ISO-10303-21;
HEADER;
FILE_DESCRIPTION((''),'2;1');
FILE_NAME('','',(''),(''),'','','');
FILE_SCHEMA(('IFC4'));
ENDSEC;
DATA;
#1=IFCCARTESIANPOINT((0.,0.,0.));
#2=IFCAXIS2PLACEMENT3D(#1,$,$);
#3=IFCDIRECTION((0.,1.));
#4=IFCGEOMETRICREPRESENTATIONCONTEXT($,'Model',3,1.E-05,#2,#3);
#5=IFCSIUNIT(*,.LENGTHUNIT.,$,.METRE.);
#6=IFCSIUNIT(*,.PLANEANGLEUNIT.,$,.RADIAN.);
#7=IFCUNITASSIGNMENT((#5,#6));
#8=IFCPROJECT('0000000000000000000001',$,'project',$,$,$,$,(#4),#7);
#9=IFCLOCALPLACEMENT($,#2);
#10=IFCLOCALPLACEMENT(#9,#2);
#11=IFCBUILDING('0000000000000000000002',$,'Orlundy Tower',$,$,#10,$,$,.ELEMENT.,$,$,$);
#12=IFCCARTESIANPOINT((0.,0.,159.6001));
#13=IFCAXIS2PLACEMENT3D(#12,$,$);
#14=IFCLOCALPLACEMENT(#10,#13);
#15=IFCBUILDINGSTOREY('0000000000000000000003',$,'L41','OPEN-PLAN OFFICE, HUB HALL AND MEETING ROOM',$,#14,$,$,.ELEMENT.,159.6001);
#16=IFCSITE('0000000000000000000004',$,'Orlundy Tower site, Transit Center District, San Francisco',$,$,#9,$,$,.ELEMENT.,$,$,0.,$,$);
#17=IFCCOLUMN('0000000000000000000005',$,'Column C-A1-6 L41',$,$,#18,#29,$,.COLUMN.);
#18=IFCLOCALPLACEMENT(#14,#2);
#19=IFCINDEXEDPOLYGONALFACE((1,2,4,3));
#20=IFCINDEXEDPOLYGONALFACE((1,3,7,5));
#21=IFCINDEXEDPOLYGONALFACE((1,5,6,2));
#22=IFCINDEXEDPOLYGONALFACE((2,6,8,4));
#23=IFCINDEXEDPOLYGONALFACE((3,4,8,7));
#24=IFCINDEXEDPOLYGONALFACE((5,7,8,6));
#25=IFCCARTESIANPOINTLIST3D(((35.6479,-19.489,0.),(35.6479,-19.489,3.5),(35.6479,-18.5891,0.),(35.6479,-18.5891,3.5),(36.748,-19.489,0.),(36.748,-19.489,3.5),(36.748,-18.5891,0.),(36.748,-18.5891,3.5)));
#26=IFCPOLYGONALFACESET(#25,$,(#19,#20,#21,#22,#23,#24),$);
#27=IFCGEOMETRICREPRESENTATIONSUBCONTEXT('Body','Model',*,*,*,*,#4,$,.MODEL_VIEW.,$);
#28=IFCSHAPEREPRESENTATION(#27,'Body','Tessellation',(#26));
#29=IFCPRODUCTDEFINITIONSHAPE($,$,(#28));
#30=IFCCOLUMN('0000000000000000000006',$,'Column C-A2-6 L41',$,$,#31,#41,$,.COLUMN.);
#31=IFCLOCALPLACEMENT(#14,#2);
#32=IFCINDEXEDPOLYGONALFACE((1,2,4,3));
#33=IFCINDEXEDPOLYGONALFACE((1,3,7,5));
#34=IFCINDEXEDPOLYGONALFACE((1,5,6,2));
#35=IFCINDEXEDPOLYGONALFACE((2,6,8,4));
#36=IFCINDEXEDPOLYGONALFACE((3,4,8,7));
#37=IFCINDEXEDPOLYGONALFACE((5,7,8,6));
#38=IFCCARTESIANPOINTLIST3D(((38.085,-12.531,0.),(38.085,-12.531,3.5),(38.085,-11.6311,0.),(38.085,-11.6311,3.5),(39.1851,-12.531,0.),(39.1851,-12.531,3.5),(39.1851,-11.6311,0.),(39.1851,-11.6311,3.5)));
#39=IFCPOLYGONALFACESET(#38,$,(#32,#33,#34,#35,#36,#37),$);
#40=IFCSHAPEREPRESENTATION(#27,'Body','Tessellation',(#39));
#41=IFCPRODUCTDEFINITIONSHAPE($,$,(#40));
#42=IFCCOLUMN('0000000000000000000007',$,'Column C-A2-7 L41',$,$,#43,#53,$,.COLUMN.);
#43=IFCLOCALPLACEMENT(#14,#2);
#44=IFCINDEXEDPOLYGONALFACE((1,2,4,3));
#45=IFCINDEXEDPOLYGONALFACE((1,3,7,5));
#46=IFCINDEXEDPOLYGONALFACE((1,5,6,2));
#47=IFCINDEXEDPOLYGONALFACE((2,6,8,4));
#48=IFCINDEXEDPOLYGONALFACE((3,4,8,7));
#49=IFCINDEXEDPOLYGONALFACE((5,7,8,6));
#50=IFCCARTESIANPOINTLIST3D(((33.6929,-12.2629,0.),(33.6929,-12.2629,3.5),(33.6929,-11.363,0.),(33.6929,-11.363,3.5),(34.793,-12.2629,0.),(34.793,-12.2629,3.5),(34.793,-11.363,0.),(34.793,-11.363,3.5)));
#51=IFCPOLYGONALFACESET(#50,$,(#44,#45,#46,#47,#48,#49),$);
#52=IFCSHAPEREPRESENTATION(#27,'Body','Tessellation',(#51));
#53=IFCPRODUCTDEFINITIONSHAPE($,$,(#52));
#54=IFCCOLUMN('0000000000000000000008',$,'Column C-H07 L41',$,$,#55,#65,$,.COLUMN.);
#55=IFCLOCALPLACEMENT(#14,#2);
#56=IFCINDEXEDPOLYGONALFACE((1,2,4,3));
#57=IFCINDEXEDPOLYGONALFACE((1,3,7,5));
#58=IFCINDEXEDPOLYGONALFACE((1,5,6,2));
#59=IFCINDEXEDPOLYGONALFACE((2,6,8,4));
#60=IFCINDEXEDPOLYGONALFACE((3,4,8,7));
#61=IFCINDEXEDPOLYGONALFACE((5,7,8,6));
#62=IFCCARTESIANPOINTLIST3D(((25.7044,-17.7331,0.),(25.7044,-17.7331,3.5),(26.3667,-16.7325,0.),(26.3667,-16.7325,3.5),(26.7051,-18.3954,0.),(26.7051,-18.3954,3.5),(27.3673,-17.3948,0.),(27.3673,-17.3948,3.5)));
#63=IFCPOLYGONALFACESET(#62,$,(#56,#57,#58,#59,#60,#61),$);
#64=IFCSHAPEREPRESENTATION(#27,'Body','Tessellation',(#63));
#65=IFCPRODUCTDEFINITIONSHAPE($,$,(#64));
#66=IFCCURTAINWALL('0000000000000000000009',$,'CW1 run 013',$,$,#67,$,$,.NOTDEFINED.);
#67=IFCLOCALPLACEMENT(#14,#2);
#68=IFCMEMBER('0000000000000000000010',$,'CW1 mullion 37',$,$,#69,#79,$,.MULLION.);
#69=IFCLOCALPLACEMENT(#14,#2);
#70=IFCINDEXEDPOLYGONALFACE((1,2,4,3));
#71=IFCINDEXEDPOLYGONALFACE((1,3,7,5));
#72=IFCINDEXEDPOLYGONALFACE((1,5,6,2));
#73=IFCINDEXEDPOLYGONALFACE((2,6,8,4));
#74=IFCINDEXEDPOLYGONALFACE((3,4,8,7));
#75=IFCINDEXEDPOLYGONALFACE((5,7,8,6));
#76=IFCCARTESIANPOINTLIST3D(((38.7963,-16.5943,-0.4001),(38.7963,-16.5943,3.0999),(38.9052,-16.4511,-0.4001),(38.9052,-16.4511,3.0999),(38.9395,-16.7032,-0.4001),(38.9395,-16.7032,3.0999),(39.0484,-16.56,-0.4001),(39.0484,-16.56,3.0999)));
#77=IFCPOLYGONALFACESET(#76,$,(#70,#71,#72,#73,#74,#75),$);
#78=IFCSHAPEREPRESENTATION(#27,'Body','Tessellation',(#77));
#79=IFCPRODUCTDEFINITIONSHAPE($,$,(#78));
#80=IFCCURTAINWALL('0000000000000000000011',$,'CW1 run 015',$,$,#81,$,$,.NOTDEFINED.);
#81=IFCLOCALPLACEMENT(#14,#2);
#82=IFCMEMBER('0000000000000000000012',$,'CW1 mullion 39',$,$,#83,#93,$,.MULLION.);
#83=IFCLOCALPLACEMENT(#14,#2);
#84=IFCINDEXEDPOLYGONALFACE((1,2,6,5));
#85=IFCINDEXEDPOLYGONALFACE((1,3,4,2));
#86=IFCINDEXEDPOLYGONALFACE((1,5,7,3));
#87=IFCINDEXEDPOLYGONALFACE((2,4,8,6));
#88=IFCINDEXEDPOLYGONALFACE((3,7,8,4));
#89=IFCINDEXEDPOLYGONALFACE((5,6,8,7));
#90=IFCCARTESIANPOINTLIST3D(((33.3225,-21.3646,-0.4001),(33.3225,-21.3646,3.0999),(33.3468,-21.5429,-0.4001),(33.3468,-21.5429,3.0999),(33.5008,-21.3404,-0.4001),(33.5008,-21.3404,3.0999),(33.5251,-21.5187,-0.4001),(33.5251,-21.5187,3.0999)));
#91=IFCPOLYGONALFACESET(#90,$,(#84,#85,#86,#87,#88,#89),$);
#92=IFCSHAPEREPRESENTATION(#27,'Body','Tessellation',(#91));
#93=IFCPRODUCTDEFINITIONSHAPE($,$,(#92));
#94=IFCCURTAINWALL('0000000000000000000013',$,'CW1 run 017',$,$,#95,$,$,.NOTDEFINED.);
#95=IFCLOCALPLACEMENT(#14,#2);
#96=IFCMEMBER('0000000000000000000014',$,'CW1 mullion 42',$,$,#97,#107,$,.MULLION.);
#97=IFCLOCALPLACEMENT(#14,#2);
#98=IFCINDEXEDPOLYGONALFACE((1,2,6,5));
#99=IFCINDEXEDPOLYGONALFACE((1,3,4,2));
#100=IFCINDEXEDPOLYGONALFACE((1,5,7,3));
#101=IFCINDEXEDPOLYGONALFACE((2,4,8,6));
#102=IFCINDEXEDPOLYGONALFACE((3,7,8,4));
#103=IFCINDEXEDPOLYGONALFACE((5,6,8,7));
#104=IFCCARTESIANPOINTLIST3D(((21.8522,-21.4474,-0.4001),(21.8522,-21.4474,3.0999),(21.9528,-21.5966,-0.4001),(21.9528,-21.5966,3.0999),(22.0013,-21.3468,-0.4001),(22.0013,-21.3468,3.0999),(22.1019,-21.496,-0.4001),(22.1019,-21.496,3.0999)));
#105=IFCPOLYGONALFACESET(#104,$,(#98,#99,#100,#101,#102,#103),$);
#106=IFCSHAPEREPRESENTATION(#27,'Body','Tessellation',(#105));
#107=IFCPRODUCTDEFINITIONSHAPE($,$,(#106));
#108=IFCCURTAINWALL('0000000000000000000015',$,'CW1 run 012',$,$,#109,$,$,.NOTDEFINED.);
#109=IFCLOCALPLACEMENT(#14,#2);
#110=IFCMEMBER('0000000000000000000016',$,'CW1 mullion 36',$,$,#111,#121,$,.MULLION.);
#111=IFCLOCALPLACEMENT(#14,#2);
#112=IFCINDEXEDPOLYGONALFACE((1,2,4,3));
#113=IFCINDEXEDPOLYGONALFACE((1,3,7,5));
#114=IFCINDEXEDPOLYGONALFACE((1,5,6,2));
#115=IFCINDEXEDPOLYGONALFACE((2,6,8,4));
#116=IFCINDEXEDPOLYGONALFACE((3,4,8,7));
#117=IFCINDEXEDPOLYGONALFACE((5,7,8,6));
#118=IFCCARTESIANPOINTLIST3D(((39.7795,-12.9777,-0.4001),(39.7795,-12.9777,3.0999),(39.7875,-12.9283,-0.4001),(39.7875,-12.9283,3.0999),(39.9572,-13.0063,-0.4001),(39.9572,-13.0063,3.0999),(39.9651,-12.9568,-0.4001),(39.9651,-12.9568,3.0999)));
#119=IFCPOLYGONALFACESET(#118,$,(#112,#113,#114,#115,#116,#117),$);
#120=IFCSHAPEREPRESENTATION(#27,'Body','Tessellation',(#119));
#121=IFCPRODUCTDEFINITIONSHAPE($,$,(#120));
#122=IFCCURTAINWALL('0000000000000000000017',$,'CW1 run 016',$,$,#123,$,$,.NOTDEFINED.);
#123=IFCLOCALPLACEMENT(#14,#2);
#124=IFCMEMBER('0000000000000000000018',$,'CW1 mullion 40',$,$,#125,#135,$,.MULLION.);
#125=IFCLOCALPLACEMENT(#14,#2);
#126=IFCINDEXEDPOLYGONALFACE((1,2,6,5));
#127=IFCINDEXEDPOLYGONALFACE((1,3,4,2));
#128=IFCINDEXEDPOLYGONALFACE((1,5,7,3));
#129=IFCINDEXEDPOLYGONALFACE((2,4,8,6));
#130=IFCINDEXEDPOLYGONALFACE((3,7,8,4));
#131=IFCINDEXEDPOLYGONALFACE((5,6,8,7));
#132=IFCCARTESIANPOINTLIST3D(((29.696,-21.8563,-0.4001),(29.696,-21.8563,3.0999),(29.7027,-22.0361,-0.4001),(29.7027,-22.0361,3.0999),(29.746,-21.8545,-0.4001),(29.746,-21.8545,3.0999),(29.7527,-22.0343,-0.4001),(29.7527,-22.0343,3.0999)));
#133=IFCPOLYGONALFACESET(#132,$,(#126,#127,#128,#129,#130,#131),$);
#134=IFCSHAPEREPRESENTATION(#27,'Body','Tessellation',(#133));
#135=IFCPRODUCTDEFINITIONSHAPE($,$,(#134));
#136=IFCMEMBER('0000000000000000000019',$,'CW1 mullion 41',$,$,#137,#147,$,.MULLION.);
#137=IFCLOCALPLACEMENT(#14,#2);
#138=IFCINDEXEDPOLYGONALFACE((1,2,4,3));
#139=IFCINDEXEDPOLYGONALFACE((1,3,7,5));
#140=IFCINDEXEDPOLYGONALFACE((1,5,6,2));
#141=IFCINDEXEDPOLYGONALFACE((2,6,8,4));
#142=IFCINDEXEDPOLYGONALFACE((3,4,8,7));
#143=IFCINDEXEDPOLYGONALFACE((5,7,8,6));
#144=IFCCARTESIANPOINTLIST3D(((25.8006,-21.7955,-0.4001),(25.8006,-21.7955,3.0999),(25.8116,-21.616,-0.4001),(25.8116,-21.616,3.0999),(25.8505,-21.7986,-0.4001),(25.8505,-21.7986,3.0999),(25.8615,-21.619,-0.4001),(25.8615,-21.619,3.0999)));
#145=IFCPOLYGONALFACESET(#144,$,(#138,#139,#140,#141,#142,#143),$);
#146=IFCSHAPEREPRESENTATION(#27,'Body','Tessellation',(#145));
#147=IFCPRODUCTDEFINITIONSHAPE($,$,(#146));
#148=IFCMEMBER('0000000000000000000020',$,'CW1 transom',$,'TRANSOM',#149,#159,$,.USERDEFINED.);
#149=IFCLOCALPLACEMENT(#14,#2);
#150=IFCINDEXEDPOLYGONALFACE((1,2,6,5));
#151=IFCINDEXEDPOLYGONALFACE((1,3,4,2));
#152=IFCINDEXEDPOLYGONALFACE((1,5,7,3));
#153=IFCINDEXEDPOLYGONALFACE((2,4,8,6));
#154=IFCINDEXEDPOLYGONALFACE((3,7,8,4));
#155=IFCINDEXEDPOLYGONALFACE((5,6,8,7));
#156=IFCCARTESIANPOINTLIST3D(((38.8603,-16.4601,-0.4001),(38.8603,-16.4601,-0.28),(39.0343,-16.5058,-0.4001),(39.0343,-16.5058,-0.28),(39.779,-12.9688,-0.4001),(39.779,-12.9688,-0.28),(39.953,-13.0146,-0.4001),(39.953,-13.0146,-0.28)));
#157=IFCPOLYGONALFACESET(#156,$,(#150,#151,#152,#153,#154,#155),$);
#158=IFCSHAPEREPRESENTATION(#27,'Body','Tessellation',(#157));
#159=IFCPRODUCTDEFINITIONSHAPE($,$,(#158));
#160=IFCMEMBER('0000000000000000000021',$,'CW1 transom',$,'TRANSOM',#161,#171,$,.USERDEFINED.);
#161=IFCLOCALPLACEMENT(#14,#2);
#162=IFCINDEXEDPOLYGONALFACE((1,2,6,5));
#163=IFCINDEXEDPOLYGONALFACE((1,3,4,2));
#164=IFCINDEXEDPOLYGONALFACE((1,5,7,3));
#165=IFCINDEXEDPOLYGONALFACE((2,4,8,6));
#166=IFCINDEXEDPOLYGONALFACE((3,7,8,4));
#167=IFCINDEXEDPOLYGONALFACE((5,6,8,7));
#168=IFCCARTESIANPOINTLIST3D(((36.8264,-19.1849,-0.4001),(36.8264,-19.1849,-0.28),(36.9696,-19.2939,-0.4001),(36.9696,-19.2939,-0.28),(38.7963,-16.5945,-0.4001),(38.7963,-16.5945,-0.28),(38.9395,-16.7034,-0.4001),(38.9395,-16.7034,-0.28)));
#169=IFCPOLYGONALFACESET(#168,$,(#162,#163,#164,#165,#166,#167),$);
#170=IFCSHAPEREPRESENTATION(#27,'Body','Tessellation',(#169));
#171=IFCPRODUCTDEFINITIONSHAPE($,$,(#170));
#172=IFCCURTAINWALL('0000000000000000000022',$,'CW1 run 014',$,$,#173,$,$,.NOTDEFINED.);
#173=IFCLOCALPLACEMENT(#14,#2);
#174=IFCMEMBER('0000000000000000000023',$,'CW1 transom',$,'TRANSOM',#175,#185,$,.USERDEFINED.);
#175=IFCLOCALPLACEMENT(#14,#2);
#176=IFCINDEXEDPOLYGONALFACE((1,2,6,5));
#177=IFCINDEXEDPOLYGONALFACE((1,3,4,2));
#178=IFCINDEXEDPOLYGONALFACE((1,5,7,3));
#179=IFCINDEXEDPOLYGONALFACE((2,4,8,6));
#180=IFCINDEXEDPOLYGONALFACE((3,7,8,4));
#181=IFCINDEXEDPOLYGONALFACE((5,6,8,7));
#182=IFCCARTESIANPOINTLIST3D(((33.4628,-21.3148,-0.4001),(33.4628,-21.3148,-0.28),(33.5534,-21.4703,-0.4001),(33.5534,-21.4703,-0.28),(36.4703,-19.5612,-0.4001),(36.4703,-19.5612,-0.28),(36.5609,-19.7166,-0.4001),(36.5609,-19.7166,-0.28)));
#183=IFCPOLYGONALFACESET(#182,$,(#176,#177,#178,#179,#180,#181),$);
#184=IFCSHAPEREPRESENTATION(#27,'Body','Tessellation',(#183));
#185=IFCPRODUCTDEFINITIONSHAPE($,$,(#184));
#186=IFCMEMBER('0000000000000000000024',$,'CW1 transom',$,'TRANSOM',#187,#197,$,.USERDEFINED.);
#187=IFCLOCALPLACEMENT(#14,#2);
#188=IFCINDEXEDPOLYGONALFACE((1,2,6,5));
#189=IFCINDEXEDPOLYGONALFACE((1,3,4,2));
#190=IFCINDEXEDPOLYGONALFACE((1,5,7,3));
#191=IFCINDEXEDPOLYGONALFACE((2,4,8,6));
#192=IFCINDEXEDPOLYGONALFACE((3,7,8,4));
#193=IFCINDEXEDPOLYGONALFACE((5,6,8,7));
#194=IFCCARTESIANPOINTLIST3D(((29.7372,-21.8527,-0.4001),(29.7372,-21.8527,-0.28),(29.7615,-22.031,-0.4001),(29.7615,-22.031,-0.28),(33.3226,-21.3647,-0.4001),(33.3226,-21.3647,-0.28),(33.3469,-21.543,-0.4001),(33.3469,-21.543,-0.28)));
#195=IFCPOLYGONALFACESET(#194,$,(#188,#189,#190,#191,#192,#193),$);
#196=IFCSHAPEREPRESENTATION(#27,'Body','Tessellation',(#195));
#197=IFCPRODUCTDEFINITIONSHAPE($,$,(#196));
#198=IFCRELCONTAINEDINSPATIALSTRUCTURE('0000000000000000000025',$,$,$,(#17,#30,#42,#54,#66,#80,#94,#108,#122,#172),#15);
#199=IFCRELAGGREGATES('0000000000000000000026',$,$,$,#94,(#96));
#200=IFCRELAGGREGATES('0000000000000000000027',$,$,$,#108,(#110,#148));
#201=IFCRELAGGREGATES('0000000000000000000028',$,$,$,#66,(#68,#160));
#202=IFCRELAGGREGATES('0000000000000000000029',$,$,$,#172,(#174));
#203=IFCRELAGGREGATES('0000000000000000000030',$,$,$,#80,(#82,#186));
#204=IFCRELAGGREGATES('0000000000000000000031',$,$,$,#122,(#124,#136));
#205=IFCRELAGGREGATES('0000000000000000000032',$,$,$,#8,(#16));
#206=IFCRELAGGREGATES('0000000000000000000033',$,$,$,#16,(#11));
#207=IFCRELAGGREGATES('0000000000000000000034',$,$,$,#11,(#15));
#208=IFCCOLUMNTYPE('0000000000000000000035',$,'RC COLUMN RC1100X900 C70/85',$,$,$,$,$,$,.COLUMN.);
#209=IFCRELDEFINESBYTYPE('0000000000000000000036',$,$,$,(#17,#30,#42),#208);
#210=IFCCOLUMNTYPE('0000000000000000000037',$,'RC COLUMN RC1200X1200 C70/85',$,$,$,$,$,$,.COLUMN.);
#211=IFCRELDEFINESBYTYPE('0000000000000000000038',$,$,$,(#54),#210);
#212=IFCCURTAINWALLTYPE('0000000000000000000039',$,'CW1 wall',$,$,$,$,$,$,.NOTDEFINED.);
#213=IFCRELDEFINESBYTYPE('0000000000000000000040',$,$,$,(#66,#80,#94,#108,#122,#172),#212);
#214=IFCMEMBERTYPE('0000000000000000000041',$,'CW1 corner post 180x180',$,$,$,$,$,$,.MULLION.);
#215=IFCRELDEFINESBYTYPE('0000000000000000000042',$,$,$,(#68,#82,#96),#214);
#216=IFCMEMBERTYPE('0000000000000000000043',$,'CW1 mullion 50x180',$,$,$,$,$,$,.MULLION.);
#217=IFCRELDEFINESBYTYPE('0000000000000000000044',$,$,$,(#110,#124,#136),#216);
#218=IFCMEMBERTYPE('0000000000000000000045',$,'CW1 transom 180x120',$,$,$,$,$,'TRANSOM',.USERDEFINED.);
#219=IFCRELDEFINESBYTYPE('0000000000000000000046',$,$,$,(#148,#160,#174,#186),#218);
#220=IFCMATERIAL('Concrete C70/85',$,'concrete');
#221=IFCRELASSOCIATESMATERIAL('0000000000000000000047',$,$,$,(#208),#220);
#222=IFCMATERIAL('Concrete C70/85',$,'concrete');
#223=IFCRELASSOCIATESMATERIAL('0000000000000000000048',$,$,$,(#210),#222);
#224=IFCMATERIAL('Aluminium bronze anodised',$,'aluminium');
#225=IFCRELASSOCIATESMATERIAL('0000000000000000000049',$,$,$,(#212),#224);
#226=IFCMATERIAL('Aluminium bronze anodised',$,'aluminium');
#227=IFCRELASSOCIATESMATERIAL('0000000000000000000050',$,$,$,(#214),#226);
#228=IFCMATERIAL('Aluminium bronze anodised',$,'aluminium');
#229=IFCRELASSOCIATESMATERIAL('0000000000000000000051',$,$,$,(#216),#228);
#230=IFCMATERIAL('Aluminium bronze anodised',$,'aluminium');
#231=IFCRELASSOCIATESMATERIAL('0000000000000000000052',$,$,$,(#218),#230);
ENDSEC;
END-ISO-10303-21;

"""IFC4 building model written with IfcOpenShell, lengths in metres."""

from ifc_helpers import new_model, si_unit, direction, frame, origin, origin_2d, place, context, subcontext, project, spatial, rectangle, extrude, material, material_profile, profile_set, type_object, element, aggregate, save


model = new_model("IFC4")

# Units and contexts
model_context = context("Model", 3, precision=1e-05, world=origin(), true_north=direction((0.0, 1.0)))
body_context = subcontext(model_context, "Body", "Model", "MODEL_VIEW")
ifc_project = project(units=[si_unit("LENGTHUNIT", "METRE"), si_unit("PLANEANGLEUNIT", "RADIAN")], contexts=[model_context])

# Site, building, storey
site_placement = place(None, origin())
site = spatial("IfcSite", under=ifc_project, at=site_placement, Name="Orlundy Tower site, Transit Center District, San Francisco", CompositionType="ELEMENT", RefElevation=0.0)
building_placement = place(site_placement, origin())
building = spatial("IfcBuilding", under=site, at=building_placement, Name="Orlundy Tower", CompositionType="ELEMENT")
storey_placement = place(building_placement, frame((0.0, 0.0, 159.6001)))
storey = spatial("IfcBuildingStorey", under=building, at=storey_placement, Name="L41", Description="OPEN-PLAN OFFICE, HUB HALL AND MEETING ROOM", CompositionType="ELEMENT", Elevation=159.6001)

# Columns
ifc_material_1 = material(Name="Concrete C70/85", Category="concrete")
ifc_material_profile_1 = material_profile(ifc_material_1, rectangle(XDim=1.1001, YDim=0.8999, at=origin_2d()), Name="RC1100X900")
ifc_profile_set_1 = profile_set([ifc_material_profile_1], Name="Concrete C70/85")
column_type_1 = type_object("IfcColumnType", Name="RC COLUMN RC1100X900 C70/85", PredefinedType="COLUMN", material=ifc_profile_set_1)
for number, where, z_axis, x_axis, name in (
    (1, (36.198, -19.0391, 0.0), (0.0, 0.0, 1.0), (1.0, 0.0, 0.0), "Column C-A1-6 L41"),
    (2, (38.635, -12.0811, 0.0), (0.0, 0.0, 1.0), (1.0, 0.0, 0.0), "Column C-A2-6 L41"),
    (3, (34.2429, -11.813, 0.0), (0.0, 0.0, 1.0), (1.0, 0.0, 0.0), "Column C-A2-7 L41"),
):
    element("IfcColumn", number, at=place(storey_placement, frame(where, z_axis=z_axis, x_axis=x_axis)), inside=storey, type_object=column_type_1, Name=name, PredefinedType="COLUMN", context=body_context, shape_type="SweptSolid", body=[
        extrude(rectangle(XDim=1.1001, YDim=0.8999, at=origin_2d()), origin(), (0.0, 0.0, 1.0), 3.5),
    ])
ifc_material_2 = material(Name="Concrete C70/85", Category="concrete")
ifc_material_profile_2 = material_profile(ifc_material_2, rectangle(XDim=1.2, YDim=1.2, at=origin_2d()), Name="RC1200X1200")
ifc_profile_set_2 = profile_set([ifc_material_profile_2], Name="Concrete C70/85")
column_type_2 = type_object("IfcColumnType", Name="RC COLUMN RC1200X1200 C70/85", PredefinedType="COLUMN", material=ifc_profile_set_2)
column_placement = place(storey_placement, frame((26.5359, -17.564, 0.0), z_axis=(0.0, 0.0, 1.0), x_axis=(0.833886, -0.551937, 0.0)))
element("IfcColumn", 4, at=column_placement, inside=storey, type_object=column_type_2, Name="Column C-H07 L41", PredefinedType="COLUMN", context=body_context, shape_type="SweptSolid", body=[
    extrude(rectangle(XDim=1.2, YDim=1.2, at=origin_2d()), origin(), (0.0, 0.0, 1.0), 3.5),
])

# Curtain walls, members
ifc_material_3 = material(Name="Aluminium bronze anodised", Category="aluminium")
curtain_wall_type = type_object("IfcCurtainWallType", Name="CW1 wall", PredefinedType="NOTDEFINED", material=ifc_material_3)
curtain_wall_1_placement = place(storey_placement, origin())
curtain_wall_1 = element("IfcCurtainWall", 5, at=curtain_wall_1_placement, inside=storey, type_object=curtain_wall_type, Name="CW1 run 013", PredefinedType="NOTDEFINED")
ifc_material_4 = material(Name="Aluminium bronze anodised", Category="aluminium")
ifc_material_profile_3 = material_profile(ifc_material_4, rectangle(XDim=0.1799, YDim=0.1799, at=origin_2d()), Name="CW1 corner post 180x180")
ifc_profile_set_3 = profile_set([ifc_material_profile_3], Name="Aluminium bronze anodised")
member_type_1 = type_object("IfcMemberType", Name="CW1 corner post 180x180", PredefinedType="MULLION", material=ifc_profile_set_3)
member_1_placement = place(storey_placement, frame((38.9224, -16.5771, -0.4001), z_axis=(0.0, 0.0, 1.0), x_axis=(0.796001, -0.605295, 0.0)))
member_1 = element("IfcMember", 6, at=member_1_placement, type_object=member_type_1, Name="CW1 mullion 37", PredefinedType="MULLION", context=body_context, shape_type="SweptSolid", body=[
    extrude(rectangle(XDim=0.1799, YDim=0.1799, at=origin_2d()), origin(), (0.0, 0.0, 1.0), 3.5),
])
curtain_wall_2_placement = place(storey_placement, origin())
curtain_wall_2 = element("IfcCurtainWall", 7, at=curtain_wall_2_placement, inside=storey, type_object=curtain_wall_type, Name="CW1 run 015", PredefinedType="NOTDEFINED")
member_2_placement = place(storey_placement, frame((33.4238, -21.4417, -0.4001), z_axis=(0.0, 0.0, 1.0), x_axis=(0.134884, -0.990861, 0.0)))
member_2 = element("IfcMember", 8, at=member_2_placement, type_object=member_type_1, Name="CW1 mullion 39", PredefinedType="MULLION", context=body_context, shape_type="SweptSolid", body=[
    extrude(rectangle(XDim=0.1799, YDim=0.1799, at=origin_2d()), origin(), (0.0, 0.0, 1.0), 3.5),
])
curtain_wall_3_placement = place(storey_placement, origin())
curtain_wall_3 = element("IfcCurtainWall", 9, at=curtain_wall_3_placement, inside=storey, type_object=curtain_wall_type, Name="CW1 run 017", PredefinedType="NOTDEFINED")
member_3_placement = place(storey_placement, frame((21.9771, -21.4717, -0.4001), z_axis=(0.0, 0.0, 1.0), x_axis=(0.559165, -0.829057, 0.0)))
member_3 = element("IfcMember", 10, at=member_3_placement, type_object=member_type_1, Name="CW1 mullion 42", PredefinedType="MULLION", context=body_context, shape_type="SweptSolid", body=[
    extrude(rectangle(XDim=0.1799, YDim=0.1799, at=origin_2d()), origin(), (0.0, 0.0, 1.0), 3.5),
])
curtain_wall_4_placement = place(storey_placement, origin())
curtain_wall_4 = element("IfcCurtainWall", 11, at=curtain_wall_4_placement, inside=storey, type_object=curtain_wall_type, Name="CW1 run 012", PredefinedType="NOTDEFINED")
ifc_material_5 = material(Name="Aluminium bronze anodised", Category="aluminium")
ifc_material_profile_4 = material_profile(ifc_material_5, rectangle(XDim=0.1799, YDim=0.05, at=origin_2d()), Name="CW1 mullion 50x180")
ifc_profile_set_4 = profile_set([ifc_material_profile_4], Name="Aluminium bronze anodised")
member_type_2 = type_object("IfcMemberType", Name="CW1 mullion 50x180", PredefinedType="MULLION", material=ifc_profile_set_4)
member_4_placement = place(storey_placement, frame((39.8723, -12.9673, -0.4001), z_axis=(0.0, 0.0, 1.0), x_axis=(0.987357, -0.158512, 0.0)))
member_4 = element("IfcMember", 12, at=member_4_placement, type_object=member_type_2, Name="CW1 mullion 36", PredefinedType="MULLION", context=body_context, shape_type="SweptSolid", body=[
    extrude(rectangle(XDim=0.1799, YDim=0.05, at=origin_2d()), origin(), (0.0, 0.0, 1.0), 3.5),
])

# Curtain wall, members
curtain_wall_5_placement = place(storey_placement, origin())
curtain_wall_5 = element("IfcCurtainWall", 13, at=curtain_wall_5_placement, inside=storey, type_object=curtain_wall_type, Name="CW1 run 016", PredefinedType="NOTDEFINED")
member_5_placement = place(storey_placement, frame((29.7244, -21.9453, -0.4001), z_axis=(0.0, 0.0, 1.0), x_axis=(0.037108, -0.999311, 0.0)))
member_5 = element("IfcMember", 14, at=member_5_placement, type_object=member_type_2, Name="CW1 mullion 40", PredefinedType="MULLION", context=body_context, shape_type="SweptSolid", body=[
    extrude(rectangle(XDim=0.1799, YDim=0.05, at=origin_2d()), origin(), (0.0, 0.0, 1.0), 3.5),
])
member_6_placement = place(storey_placement, frame((25.8311, -21.7073, -0.4001), z_axis=(0.0, 0.0, 1.0), x_axis=(-0.061026, -0.998136, 0.0)))
member_6 = element("IfcMember", 15, at=member_6_placement, type_object=member_type_2, Name="CW1 mullion 41", PredefinedType="MULLION", context=body_context, shape_type="SweptSolid", body=[
    extrude(rectangle(XDim=0.1799, YDim=0.05, at=origin_2d()), origin(), (0.0, 0.0, 1.0), 3.5),
])

# Members
ifc_material_6 = material(Name="Aluminium bronze anodised", Category="aluminium")
ifc_material_profile_5 = material_profile(ifc_material_6, rectangle(XDim=0.1799, YDim=0.1201, at=origin_2d()), Name="CW1 transom 180x120")
ifc_profile_set_5 = profile_set([ifc_material_profile_5], Name="Aluminium bronze anodised")
member_type_3 = type_object("IfcMemberType", Name="CW1 transom 180x120", ElementType="TRANSOM", PredefinedType="USERDEFINED", material=ifc_profile_set_5)
member_7_placement = place(storey_placement, frame((39.866, -12.9917, -0.3401), z_axis=(-0.254483, -0.967077, 0.0), x_axis=(0.967077, -0.254483, 0.0)))
member_7 = element("IfcMember", 16, at=member_7_placement, type_object=member_type_3, Name="CW1 transom", ObjectType="TRANSOM", PredefinedType="USERDEFINED", context=body_context, shape_type="SweptSolid", body=[
    extrude(rectangle(XDim=0.1799, YDim=0.1201, at=origin_2d()), origin(), (0.0, 0.0, 1.0), 3.6101),
])
member_8_placement = place(storey_placement, frame((38.8679, -16.6489, -0.3401), z_axis=(-0.605304, -0.795994, 0.0), x_axis=(0.795994, -0.605304, 0.0)))
member_8 = element("IfcMember", 17, at=member_8_placement, type_object=member_type_3, Name="CW1 transom", ObjectType="TRANSOM", PredefinedType="USERDEFINED", context=body_context, shape_type="SweptSolid", body=[
    extrude(rectangle(XDim=0.1799, YDim=0.1201, at=origin_2d()), origin(), (0.0, 0.0, 1.0), 3.2544),
])

# Curtain wall, member
curtain_wall_6_placement = place(storey_placement, origin())
curtain_wall_6 = element("IfcCurtainWall", 18, at=curtain_wall_6_placement, inside=storey, type_object=curtain_wall_type, Name="CW1 run 014", PredefinedType="NOTDEFINED")
member_9_placement = place(storey_placement, frame((36.5156, -19.6389, -0.3401), z_axis=(-0.863873, -0.50371, 0.0), x_axis=(0.50371, -0.863873, 0.0)))
member_9 = element("IfcMember", 19, at=member_9_placement, type_object=member_type_3, Name="CW1 transom", ObjectType="TRANSOM", PredefinedType="USERDEFINED", context=body_context, shape_type="SweptSolid", body=[
    extrude(rectangle(XDim=0.1799, YDim=0.1201, at=origin_2d()), origin(), (0.0, 0.0, 1.0), 3.4814),
])

# Member
member_10_placement = place(storey_placement, frame((33.3347, -21.4539, -0.3401), z_axis=(-0.990863, -0.134872, 0.0), x_axis=(0.134872, -0.990863, 0.0)))
member_10 = element("IfcMember", 20, at=member_10_placement, type_object=member_type_3, Name="CW1 transom", ObjectType="TRANSOM", PredefinedType="USERDEFINED", context=body_context, shape_type="SweptSolid", body=[
    extrude(rectangle(XDim=0.1799, YDim=0.1201, at=origin_2d()), origin(), (0.0, 0.0, 1.0), 3.6184),
])
aggregate(curtain_wall_3, [member_3])

aggregate(curtain_wall_4, [member_4, member_7])
aggregate(curtain_wall_1, [member_1, member_8])
aggregate(curtain_wall_6, [member_9])
aggregate(curtain_wall_2, [member_2, member_10])
aggregate(curtain_wall_5, [member_5, member_6])

save(model, "model.ifc")
